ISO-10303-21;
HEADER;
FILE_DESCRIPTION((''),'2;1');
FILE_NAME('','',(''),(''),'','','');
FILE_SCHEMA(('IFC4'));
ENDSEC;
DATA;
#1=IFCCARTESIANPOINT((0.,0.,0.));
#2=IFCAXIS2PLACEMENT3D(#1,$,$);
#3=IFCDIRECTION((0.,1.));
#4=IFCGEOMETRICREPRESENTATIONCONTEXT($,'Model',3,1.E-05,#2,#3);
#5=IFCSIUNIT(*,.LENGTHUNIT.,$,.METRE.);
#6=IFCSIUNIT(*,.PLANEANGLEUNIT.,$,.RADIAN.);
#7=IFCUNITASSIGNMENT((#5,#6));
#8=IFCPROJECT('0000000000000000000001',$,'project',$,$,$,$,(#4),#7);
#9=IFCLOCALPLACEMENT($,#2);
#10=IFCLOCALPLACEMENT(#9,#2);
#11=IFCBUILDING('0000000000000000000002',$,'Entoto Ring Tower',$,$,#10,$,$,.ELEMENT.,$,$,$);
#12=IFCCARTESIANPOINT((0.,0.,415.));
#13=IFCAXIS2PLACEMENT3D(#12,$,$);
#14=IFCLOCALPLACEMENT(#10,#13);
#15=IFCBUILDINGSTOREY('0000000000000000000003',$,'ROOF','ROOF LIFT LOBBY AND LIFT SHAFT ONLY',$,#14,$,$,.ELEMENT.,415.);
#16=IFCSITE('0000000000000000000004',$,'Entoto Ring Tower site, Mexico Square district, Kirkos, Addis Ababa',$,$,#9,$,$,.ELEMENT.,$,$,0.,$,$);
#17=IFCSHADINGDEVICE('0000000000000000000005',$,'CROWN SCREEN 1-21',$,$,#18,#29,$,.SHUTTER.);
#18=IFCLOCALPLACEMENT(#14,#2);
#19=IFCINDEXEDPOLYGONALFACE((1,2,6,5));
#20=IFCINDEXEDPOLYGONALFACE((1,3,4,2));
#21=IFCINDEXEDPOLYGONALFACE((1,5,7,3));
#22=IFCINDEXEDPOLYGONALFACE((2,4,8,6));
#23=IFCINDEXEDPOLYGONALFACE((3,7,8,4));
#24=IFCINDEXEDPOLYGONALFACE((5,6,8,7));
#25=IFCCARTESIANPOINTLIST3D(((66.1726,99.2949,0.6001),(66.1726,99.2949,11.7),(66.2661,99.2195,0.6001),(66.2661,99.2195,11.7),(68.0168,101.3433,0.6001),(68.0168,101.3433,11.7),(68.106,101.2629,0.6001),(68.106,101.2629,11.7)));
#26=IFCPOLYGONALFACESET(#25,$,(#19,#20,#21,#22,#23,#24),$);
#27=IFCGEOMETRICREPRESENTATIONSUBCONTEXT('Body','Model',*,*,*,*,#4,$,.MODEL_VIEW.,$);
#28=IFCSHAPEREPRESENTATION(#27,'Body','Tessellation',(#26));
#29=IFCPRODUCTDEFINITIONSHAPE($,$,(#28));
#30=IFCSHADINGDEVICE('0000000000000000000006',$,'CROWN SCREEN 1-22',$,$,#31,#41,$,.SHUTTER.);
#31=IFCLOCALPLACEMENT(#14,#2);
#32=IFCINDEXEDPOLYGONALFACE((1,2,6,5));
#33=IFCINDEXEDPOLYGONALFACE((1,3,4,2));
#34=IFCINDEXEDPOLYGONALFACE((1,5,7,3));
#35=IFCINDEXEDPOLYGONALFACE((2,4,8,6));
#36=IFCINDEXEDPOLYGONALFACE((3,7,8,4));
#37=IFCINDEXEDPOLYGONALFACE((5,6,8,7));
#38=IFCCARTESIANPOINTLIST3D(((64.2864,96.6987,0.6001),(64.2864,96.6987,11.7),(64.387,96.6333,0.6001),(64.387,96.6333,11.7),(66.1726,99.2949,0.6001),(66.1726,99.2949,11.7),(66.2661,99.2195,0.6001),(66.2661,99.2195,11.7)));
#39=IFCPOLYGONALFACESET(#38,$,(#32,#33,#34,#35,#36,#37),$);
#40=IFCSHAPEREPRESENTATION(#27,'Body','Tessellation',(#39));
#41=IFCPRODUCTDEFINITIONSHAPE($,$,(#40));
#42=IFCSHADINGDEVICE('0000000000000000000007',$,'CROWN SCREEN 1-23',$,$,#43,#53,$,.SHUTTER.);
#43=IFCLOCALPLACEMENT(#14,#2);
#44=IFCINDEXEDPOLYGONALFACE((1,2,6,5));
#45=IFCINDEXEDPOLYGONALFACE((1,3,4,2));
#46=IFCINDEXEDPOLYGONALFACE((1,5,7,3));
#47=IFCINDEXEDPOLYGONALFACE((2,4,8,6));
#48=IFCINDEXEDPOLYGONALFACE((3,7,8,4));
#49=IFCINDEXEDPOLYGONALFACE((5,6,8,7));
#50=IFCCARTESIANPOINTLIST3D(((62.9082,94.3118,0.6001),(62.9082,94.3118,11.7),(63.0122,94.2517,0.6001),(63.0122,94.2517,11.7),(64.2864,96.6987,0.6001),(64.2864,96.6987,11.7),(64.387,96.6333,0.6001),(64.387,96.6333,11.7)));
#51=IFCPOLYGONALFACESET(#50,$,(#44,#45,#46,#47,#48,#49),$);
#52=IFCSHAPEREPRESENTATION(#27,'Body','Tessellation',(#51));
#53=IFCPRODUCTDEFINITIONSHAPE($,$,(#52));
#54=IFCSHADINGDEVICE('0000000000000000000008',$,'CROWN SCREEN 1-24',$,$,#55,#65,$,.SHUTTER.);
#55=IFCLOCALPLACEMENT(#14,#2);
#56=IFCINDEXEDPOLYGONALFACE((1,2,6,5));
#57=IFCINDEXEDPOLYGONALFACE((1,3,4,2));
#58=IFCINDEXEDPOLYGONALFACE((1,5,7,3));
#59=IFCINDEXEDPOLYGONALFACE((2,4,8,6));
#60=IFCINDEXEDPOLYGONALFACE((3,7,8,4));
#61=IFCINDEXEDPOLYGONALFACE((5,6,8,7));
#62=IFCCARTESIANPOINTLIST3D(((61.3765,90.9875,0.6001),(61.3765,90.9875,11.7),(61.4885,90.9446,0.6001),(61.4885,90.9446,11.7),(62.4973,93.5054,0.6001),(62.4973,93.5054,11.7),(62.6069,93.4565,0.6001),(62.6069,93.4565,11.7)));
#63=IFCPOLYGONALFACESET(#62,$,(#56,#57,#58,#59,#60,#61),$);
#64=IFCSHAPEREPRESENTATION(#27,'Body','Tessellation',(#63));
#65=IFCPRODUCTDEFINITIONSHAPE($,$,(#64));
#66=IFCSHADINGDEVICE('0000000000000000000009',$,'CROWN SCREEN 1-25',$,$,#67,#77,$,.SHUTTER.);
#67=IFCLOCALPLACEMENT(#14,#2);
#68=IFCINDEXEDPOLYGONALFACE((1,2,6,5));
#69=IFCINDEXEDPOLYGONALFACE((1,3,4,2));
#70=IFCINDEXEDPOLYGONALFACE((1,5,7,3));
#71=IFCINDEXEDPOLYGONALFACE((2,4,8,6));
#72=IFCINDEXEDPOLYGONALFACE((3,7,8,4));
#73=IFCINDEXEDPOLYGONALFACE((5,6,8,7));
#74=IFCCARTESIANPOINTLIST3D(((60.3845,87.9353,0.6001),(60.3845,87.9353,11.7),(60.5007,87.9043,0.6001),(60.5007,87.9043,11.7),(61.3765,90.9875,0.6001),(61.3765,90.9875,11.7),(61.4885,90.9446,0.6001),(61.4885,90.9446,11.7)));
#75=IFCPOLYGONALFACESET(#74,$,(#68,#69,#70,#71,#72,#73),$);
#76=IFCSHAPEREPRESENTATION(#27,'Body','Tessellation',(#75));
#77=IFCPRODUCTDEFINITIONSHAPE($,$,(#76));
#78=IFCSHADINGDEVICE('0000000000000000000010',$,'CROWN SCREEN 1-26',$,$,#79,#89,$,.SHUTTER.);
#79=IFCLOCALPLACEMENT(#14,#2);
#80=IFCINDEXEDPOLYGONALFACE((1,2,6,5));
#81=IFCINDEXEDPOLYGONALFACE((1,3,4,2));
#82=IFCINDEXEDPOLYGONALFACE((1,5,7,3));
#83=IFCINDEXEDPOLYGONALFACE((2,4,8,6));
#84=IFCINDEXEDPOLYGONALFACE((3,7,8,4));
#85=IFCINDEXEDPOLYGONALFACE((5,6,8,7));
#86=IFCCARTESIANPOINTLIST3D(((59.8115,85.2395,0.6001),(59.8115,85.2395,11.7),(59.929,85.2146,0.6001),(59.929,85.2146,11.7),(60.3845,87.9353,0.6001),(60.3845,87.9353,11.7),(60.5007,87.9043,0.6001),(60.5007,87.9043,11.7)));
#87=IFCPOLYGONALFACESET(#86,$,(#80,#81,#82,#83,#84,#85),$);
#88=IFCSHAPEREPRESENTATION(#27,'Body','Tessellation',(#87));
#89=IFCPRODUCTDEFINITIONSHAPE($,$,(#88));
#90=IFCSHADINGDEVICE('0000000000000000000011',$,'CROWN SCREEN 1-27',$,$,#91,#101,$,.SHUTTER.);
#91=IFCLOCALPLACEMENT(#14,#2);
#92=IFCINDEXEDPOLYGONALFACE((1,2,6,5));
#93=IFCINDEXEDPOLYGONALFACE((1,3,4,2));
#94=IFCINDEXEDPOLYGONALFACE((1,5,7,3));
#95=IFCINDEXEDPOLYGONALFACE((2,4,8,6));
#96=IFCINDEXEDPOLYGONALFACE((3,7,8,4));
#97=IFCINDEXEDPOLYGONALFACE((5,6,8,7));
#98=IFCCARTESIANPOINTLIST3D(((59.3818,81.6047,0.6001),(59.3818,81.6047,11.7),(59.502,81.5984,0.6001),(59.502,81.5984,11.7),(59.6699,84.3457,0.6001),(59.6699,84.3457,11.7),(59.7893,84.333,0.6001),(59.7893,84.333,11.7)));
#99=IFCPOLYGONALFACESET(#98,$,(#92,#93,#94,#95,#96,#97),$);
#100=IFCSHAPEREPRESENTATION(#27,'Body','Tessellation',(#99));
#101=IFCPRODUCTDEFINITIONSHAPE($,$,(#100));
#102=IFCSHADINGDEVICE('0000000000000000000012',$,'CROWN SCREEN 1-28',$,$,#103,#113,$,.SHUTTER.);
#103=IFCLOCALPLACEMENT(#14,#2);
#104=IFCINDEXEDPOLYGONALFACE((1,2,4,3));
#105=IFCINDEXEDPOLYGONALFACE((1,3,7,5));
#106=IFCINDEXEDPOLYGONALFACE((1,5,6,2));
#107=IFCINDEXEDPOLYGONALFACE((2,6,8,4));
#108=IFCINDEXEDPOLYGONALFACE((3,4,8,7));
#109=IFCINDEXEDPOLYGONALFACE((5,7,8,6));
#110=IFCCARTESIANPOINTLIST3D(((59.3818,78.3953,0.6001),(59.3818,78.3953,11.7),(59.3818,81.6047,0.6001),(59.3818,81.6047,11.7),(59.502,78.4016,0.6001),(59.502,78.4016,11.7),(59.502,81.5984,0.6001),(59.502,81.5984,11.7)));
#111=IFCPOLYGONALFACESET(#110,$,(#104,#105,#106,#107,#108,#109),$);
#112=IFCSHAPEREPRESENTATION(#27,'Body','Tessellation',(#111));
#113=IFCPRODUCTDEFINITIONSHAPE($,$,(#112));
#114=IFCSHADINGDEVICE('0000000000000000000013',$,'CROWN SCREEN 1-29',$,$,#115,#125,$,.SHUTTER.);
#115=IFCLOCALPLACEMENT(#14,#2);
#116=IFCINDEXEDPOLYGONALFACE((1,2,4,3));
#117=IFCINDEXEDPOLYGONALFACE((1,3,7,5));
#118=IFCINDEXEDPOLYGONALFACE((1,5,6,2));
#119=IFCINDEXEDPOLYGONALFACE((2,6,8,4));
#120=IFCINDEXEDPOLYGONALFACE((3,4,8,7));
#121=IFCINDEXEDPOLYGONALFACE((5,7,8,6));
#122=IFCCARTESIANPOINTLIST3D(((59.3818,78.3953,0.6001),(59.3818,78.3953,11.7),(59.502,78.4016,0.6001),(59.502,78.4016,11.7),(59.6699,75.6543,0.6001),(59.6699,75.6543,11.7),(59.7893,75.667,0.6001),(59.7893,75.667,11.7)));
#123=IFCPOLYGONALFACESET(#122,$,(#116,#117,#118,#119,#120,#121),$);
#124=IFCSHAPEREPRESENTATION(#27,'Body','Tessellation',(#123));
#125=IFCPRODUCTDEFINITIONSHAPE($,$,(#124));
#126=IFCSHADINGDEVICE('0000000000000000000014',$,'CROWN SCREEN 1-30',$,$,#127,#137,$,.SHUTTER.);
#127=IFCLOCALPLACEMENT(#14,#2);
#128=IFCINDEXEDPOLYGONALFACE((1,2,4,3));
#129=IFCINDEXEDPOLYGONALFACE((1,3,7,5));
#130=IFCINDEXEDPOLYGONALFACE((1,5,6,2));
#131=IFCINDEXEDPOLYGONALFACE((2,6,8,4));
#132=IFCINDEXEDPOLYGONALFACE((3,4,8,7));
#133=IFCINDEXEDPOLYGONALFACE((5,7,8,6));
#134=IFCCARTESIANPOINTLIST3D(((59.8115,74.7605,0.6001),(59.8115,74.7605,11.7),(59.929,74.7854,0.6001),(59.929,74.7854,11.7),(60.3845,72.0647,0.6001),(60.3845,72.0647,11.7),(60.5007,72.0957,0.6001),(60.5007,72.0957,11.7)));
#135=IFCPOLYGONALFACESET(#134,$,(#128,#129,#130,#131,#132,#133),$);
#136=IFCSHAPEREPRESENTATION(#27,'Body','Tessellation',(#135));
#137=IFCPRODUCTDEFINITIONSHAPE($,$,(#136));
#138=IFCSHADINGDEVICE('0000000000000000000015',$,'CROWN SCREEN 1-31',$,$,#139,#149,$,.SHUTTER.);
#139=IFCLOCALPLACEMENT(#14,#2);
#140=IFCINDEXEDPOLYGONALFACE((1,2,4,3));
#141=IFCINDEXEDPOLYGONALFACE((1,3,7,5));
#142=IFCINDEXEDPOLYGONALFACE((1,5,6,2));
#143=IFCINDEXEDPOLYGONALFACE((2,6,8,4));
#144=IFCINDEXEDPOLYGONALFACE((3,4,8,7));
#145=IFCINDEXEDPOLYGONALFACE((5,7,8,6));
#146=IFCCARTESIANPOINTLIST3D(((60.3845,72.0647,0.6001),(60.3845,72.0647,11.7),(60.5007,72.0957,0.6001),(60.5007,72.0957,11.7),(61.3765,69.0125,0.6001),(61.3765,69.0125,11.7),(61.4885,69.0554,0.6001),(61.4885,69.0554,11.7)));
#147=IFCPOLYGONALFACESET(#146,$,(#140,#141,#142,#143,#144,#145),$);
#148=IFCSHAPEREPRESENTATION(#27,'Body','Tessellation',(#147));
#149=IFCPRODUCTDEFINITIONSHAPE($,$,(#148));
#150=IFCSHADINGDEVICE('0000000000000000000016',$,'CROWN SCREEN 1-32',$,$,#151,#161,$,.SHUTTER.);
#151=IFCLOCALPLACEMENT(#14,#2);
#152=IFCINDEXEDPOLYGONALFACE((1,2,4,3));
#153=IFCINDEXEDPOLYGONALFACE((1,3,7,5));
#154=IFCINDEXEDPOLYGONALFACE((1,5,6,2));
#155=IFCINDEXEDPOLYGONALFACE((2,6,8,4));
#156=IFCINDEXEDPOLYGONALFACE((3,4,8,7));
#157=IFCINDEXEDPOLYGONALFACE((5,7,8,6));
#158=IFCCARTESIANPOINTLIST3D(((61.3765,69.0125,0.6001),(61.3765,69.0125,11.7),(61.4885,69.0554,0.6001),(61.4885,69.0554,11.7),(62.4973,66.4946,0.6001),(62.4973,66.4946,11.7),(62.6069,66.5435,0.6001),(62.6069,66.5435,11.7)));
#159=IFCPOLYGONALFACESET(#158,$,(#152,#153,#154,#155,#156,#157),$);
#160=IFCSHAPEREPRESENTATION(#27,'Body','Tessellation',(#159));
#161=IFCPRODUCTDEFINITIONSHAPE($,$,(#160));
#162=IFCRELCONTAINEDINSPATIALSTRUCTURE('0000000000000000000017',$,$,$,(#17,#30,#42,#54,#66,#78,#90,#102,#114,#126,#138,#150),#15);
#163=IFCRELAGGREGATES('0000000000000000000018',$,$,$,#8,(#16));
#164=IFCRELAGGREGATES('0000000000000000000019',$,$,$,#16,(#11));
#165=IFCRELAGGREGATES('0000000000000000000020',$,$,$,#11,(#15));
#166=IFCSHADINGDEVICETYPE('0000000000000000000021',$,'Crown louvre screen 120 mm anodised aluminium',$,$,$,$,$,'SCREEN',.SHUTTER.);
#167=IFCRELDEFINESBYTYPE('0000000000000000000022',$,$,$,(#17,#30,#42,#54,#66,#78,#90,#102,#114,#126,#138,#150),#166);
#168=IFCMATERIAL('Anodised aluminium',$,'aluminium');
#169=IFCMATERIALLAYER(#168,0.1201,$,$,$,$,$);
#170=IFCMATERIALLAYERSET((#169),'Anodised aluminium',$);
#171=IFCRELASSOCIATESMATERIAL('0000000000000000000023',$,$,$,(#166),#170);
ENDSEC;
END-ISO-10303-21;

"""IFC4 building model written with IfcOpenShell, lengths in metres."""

from ifc_helpers import new_model, si_unit, direction, frame, origin, place, context, subcontext, project, spatial, polyline, outline, extrude, material, layer, layer_set, type_object, element, save


model = new_model("IFC4")

# Units and contexts
model_context = context("Model", 3, precision=1e-05, world=origin(), true_north=direction((0.0, 1.0)))
body_context = subcontext(model_context, "Body", "Model", "MODEL_VIEW")
ifc_project = project(units=[si_unit("LENGTHUNIT", "METRE"), si_unit("PLANEANGLEUNIT", "RADIAN")], contexts=[model_context])

# Site, building, storey
site_placement = place(None, origin())
site = spatial("IfcSite", under=ifc_project, at=site_placement, Name="Entoto Ring Tower site, Mexico Square district, Kirkos, Addis Ababa", CompositionType="ELEMENT", RefElevation=0.0)
building_placement = place(site_placement, origin())
building = spatial("IfcBuilding", under=site, at=building_placement, Name="Entoto Ring Tower", CompositionType="ELEMENT")
storey_placement = place(building_placement, frame((0.0, 0.0, 415.0)))
storey = spatial("IfcBuildingStorey", under=building, at=storey_placement, Name="ROOF", Description="ROOF LIFT LOBBY AND LIFT SHAFT ONLY", CompositionType="ELEMENT", Elevation=415.0)

# Shading devices
ifc_material_1 = material(Name="Anodised aluminium", Category="aluminium")
ifc_layer_1 = layer(ifc_material_1, 0.1201)
ifc_layer_set_1 = layer_set([ifc_layer_1], Name="Anodised aluminium")
shading_device_type = type_object("IfcShadingDeviceType", Name="Crown louvre screen 120 mm anodised aluminium", ElementType="SCREEN", PredefinedType="SHUTTER", material=ifc_layer_set_1)
shading_device_1_placement = place(storey_placement, frame((0.0, 0.0, 0.6001)))
element("IfcShadingDevice", 1, at=shading_device_1_placement, inside=storey, type_object=shading_device_type, Name="CROWN SCREEN 1-21", PredefinedType="SHUTTER", context=body_context, shape_type="SweptSolid", body=[
    extrude(outline(polyline([(68.106, 101.2629), (68.0168, 101.3433), (66.1726, 99.2949), (66.2661, 99.2195), (68.106, 101.2629)])), origin(), (0.0, 0.0, 1.0), 11.0999),
])
shading_device_2_placement = place(storey_placement, frame((0.0, 0.0, 0.6001)))
element("IfcShadingDevice", 2, at=shading_device_2_placement, inside=storey, type_object=shading_device_type, Name="CROWN SCREEN 1-22", PredefinedType="SHUTTER", context=body_context, shape_type="SweptSolid", body=[
    extrude(outline(polyline([(66.2661, 99.2195), (66.1726, 99.2949), (64.2864, 96.6987), (64.387, 96.6333), (66.2661, 99.2195)])), origin(), (0.0, 0.0, 1.0), 11.0999),
])
shading_device_3_placement = place(storey_placement, frame((0.0, 0.0, 0.6001)))
element("IfcShadingDevice", 3, at=shading_device_3_placement, inside=storey, type_object=shading_device_type, Name="CROWN SCREEN 1-23", PredefinedType="SHUTTER", context=body_context, shape_type="SweptSolid", body=[
    extrude(outline(polyline([(64.387, 96.6333), (64.2864, 96.6987), (62.9082, 94.3118), (63.0122, 94.2517), (64.387, 96.6333)])), origin(), (0.0, 0.0, 1.0), 11.0999),
])
shading_device_4_placement = place(storey_placement, frame((0.0, 0.0, 0.6001)))
element("IfcShadingDevice", 4, at=shading_device_4_placement, inside=storey, type_object=shading_device_type, Name="CROWN SCREEN 1-24", PredefinedType="SHUTTER", context=body_context, shape_type="SweptSolid", body=[
    extrude(outline(polyline([(62.6069, 93.4565), (62.4973, 93.5054), (61.3765, 90.9875), (61.4885, 90.9446), (62.6069, 93.4565)])), origin(), (0.0, 0.0, 1.0), 11.0999),
])
shading_device_5_placement = place(storey_placement, frame((0.0, 0.0, 0.6001)))
element("IfcShadingDevice", 5, at=shading_device_5_placement, inside=storey, type_object=shading_device_type, Name="CROWN SCREEN 1-25", PredefinedType="SHUTTER", context=body_context, shape_type="SweptSolid", body=[
    extrude(outline(polyline([(61.4885, 90.9446), (61.3765, 90.9875), (60.3845, 87.9353), (60.5007, 87.9043), (61.4885, 90.9446)])), origin(), (0.0, 0.0, 1.0), 11.0999),
])
shading_device_6_placement = place(storey_placement, frame((0.0, 0.0, 0.6001)))
element("IfcShadingDevice", 6, at=shading_device_6_placement, inside=storey, type_object=shading_device_type, Name="CROWN SCREEN 1-26", PredefinedType="SHUTTER", context=body_context, shape_type="SweptSolid", body=[
    extrude(outline(polyline([(60.5007, 87.9043), (60.3845, 87.9353), (59.8115, 85.2395), (59.929, 85.2146), (60.5007, 87.9043)])), origin(), (0.0, 0.0, 1.0), 11.0999),
])
shading_device_7_placement = place(storey_placement, frame((0.0, 0.0, 0.6001)))
element("IfcShadingDevice", 7, at=shading_device_7_placement, inside=storey, type_object=shading_device_type, Name="CROWN SCREEN 1-27", PredefinedType="SHUTTER", context=body_context, shape_type="SweptSolid", body=[
    extrude(outline(polyline([(59.7893, 84.333), (59.6699, 84.3457), (59.3818, 81.6047), (59.502, 81.5984), (59.7893, 84.333)])), origin(), (0.0, 0.0, 1.0), 11.0999),
])
shading_device_8_placement = place(storey_placement, frame((0.0, 0.0, 0.6001)))
element("IfcShadingDevice", 8, at=shading_device_8_placement, inside=storey, type_object=shading_device_type, Name="CROWN SCREEN 1-28", PredefinedType="SHUTTER", context=body_context, shape_type="SweptSolid", body=[
    extrude(outline(polyline([(59.502, 81.5984), (59.3818, 81.6047), (59.3818, 78.3953), (59.502, 78.4016), (59.502, 81.5984)])), origin(), (0.0, 0.0, 1.0), 11.0999),
])
shading_device_9_placement = place(storey_placement, frame((0.0, 0.0, 0.6001)))
element("IfcShadingDevice", 9, at=shading_device_9_placement, inside=storey, type_object=shading_device_type, Name="CROWN SCREEN 1-29", PredefinedType="SHUTTER", context=body_context, shape_type="SweptSolid", body=[
    extrude(outline(polyline([(59.502, 78.4016), (59.3818, 78.3953), (59.6699, 75.6543), (59.7893, 75.667), (59.502, 78.4016)])), origin(), (0.0, 0.0, 1.0), 11.0999),
])
shading_device_10_placement = place(storey_placement, frame((0.0, 0.0, 0.6001)))
element("IfcShadingDevice", 10, at=shading_device_10_placement, inside=storey, type_object=shading_device_type, Name="CROWN SCREEN 1-30", PredefinedType="SHUTTER", context=body_context, shape_type="SweptSolid", body=[
    extrude(outline(polyline([(59.929, 74.7854), (59.8115, 74.7605), (60.3845, 72.0647), (60.5007, 72.0957), (59.929, 74.7854)])), origin(), (0.0, 0.0, 1.0), 11.0999),
])
shading_device_11_placement = place(storey_placement, frame((0.0, 0.0, 0.6001)))
element("IfcShadingDevice", 11, at=shading_device_11_placement, inside=storey, type_object=shading_device_type, Name="CROWN SCREEN 1-31", PredefinedType="SHUTTER", context=body_context, shape_type="SweptSolid", body=[
    extrude(outline(polyline([(60.5007, 72.0957), (60.3845, 72.0647), (61.3765, 69.0125), (61.4885, 69.0554), (60.5007, 72.0957)])), origin(), (0.0, 0.0, 1.0), 11.0999),
])
shading_device_12_placement = place(storey_placement, frame((0.0, 0.0, 0.6001)))
element("IfcShadingDevice", 12, at=shading_device_12_placement, inside=storey, type_object=shading_device_type, Name="CROWN SCREEN 1-32", PredefinedType="SHUTTER", context=body_context, shape_type="SweptSolid", body=[
    extrude(outline(polyline([(61.4885, 69.0554), (61.3765, 69.0125), (62.4973, 66.4946), (62.6069, 66.5435), (61.4885, 69.0554)])), origin(), (0.0, 0.0, 1.0), 11.0999),
])

save(model, "model.ifc")
